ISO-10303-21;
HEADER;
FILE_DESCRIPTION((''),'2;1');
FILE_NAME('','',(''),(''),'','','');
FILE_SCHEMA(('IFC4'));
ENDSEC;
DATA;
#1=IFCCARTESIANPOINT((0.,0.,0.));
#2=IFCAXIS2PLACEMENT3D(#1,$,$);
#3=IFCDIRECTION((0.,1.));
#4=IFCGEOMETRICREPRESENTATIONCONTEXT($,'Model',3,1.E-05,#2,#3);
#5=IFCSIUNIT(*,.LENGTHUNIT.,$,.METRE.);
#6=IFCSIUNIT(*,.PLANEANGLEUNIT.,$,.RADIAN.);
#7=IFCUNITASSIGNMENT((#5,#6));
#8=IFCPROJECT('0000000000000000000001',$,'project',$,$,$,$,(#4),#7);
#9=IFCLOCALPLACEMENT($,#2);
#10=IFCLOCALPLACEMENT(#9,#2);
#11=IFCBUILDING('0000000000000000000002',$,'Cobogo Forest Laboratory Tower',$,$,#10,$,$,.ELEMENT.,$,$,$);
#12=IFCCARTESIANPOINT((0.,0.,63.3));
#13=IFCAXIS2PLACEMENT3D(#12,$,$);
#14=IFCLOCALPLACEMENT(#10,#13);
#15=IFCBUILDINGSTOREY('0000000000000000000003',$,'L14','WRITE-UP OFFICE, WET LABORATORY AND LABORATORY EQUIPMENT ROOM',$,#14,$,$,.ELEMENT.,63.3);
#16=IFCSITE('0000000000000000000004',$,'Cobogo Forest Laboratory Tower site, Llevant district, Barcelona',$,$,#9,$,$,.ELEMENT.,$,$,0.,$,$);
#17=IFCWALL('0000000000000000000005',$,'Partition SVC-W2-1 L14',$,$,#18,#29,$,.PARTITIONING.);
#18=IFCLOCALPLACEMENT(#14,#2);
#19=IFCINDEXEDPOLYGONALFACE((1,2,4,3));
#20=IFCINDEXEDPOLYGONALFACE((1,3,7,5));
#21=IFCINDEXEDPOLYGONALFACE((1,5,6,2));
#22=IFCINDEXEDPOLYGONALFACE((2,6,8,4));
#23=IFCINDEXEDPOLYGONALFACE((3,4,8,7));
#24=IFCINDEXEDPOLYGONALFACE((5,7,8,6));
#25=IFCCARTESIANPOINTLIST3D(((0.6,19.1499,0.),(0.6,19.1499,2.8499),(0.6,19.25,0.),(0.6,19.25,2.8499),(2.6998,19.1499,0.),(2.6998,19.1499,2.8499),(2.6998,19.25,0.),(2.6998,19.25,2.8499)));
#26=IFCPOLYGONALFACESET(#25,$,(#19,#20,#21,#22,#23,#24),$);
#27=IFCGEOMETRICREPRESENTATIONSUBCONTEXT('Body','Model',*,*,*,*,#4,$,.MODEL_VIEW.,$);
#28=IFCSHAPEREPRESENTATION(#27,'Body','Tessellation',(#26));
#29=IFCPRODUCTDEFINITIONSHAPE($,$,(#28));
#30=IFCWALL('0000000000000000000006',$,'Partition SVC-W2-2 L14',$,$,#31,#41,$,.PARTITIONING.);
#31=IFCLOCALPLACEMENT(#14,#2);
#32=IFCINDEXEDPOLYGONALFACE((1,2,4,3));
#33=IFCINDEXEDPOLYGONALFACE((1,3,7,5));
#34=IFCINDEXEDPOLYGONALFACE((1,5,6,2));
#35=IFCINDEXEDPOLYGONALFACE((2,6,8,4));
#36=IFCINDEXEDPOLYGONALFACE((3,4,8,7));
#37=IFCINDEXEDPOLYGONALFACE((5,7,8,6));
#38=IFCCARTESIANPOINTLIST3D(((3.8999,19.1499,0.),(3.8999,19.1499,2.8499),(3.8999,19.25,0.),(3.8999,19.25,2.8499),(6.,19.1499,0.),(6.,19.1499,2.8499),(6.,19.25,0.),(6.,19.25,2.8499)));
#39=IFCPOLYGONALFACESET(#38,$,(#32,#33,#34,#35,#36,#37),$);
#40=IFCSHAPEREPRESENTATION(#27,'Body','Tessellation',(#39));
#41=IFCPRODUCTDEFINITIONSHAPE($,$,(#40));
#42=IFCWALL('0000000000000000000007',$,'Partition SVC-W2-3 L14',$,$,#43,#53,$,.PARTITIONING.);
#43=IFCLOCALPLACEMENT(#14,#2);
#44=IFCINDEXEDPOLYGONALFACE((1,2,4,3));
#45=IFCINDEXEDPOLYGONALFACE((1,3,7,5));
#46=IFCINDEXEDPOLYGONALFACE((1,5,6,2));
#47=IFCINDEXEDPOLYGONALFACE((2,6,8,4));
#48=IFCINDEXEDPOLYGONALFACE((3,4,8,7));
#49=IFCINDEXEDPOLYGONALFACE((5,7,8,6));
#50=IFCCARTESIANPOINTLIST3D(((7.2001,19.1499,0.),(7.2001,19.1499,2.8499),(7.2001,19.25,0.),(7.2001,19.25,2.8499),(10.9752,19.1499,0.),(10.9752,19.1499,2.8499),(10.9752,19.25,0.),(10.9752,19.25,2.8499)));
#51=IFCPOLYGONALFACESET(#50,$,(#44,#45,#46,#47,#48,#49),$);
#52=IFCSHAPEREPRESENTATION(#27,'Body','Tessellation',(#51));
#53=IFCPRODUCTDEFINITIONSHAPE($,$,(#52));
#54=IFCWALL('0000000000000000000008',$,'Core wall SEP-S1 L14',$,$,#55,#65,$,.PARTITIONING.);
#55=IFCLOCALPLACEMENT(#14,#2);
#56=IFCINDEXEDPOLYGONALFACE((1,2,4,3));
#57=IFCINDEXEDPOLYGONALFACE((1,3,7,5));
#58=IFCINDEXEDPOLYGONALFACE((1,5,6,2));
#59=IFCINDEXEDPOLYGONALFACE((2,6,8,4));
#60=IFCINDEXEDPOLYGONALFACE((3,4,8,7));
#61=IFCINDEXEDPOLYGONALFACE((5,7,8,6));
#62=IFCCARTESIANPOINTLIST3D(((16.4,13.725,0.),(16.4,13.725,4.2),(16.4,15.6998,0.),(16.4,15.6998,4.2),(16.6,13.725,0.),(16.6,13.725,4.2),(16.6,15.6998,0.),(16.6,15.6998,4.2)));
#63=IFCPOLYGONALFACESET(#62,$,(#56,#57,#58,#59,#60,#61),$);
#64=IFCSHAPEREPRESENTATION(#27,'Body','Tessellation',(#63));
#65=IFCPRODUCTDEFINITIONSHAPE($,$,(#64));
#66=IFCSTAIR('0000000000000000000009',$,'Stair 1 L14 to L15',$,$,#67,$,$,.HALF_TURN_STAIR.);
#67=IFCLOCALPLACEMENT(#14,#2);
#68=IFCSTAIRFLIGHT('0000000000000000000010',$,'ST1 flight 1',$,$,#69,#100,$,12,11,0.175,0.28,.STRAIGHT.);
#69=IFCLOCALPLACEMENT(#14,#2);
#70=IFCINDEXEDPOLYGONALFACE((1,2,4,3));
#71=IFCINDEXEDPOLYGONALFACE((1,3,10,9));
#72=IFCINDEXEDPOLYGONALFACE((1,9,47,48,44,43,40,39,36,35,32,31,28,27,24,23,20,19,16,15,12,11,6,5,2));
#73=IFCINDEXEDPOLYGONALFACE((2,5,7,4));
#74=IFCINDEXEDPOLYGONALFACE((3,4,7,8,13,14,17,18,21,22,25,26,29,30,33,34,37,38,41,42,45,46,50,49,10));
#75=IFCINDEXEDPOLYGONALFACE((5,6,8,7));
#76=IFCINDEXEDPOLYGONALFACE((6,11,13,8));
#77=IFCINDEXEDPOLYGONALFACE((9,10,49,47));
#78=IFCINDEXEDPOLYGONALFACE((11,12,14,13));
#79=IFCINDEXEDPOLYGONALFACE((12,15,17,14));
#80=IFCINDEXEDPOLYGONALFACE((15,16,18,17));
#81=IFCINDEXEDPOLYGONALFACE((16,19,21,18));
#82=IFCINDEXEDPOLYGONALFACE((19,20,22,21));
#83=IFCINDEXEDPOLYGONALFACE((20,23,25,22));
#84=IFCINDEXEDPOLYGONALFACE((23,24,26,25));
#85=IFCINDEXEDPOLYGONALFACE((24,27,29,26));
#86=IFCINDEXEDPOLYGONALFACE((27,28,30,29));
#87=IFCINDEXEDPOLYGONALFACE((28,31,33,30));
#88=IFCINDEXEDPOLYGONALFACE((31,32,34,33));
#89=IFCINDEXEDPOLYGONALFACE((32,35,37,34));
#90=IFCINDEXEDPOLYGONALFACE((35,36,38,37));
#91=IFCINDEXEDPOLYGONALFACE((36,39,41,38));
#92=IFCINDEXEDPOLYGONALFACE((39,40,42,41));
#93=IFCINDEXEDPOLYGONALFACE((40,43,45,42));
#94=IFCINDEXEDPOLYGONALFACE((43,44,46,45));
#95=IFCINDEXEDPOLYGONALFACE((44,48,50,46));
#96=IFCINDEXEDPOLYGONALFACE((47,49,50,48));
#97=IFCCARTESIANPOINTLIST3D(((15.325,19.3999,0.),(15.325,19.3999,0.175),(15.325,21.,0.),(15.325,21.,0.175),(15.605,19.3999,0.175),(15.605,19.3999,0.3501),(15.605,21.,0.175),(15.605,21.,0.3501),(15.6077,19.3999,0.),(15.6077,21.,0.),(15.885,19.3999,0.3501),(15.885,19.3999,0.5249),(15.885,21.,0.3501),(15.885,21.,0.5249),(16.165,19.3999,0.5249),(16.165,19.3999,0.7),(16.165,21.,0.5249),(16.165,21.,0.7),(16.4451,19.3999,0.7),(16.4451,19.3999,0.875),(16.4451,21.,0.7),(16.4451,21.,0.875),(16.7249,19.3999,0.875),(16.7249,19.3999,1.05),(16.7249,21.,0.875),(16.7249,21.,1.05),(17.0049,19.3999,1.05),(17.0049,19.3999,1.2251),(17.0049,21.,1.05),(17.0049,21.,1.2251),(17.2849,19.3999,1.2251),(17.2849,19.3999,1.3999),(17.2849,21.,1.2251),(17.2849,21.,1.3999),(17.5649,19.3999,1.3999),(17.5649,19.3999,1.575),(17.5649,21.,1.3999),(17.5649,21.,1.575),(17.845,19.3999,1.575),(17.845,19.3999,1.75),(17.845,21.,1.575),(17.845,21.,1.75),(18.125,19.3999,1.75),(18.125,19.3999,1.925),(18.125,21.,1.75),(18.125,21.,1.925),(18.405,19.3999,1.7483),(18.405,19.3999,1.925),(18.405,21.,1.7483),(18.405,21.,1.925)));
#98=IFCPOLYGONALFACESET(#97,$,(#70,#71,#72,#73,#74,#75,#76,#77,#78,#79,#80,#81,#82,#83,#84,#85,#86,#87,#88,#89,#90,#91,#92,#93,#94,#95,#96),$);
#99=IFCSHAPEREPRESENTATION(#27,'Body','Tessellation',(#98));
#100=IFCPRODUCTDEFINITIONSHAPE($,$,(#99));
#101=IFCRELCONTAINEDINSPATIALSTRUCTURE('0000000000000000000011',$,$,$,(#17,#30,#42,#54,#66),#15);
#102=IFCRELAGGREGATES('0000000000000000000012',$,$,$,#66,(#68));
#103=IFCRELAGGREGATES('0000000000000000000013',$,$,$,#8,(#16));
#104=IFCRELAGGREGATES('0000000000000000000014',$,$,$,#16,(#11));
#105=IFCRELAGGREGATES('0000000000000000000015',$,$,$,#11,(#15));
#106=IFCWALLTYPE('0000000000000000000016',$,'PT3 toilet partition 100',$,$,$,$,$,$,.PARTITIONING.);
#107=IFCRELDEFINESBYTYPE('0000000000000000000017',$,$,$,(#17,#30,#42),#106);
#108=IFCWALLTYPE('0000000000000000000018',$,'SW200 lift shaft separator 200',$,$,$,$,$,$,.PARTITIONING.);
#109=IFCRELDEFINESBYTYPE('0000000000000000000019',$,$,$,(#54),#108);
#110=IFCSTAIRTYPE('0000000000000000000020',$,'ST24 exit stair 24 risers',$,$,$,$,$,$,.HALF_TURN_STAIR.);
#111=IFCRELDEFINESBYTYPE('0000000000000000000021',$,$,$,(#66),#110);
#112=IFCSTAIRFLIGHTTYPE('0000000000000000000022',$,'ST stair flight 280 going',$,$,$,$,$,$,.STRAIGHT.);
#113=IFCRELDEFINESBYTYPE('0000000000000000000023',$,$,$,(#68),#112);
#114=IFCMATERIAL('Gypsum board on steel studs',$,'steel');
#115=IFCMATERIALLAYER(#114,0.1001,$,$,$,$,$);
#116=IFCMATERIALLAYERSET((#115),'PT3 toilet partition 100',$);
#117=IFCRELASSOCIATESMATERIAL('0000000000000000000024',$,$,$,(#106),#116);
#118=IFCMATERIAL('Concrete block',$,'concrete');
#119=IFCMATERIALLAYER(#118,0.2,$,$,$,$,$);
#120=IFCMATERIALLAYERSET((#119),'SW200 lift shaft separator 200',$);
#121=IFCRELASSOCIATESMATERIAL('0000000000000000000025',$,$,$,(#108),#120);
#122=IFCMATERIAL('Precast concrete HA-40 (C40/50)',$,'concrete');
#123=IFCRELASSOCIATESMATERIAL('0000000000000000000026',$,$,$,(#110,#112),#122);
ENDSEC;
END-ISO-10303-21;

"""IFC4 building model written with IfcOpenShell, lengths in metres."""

from ifc_helpers import new_model, si_unit, direction, frame, frame_2d, origin, place, context, subcontext, project, spatial, polyline, rectangle, outline, extrude, material, layer, layer_set, type_object, element, aggregate, save


model = new_model("IFC4")

# Units and contexts
model_context = context("Model", 3, precision=1e-05, world=origin(), true_north=direction((0.0, 1.0)))
body_context = subcontext(model_context, "Body", "Model", "MODEL_VIEW")
ifc_project = project(units=[si_unit("LENGTHUNIT", "METRE"), si_unit("PLANEANGLEUNIT", "RADIAN")], contexts=[model_context])

# Site, building, storey
site_placement = place(None, origin())
site = spatial("IfcSite", under=ifc_project, at=site_placement, Name="Cobogo Forest Laboratory Tower site, Llevant district, Barcelona", CompositionType="ELEMENT", RefElevation=0.0)
building_placement = place(site_placement, origin())
building = spatial("IfcBuilding", under=site, at=building_placement, Name="Cobogo Forest Laboratory Tower", CompositionType="ELEMENT")
storey_placement = place(building_placement, frame((0.0, 0.0, 63.3)))
storey = spatial("IfcBuildingStorey", under=building, at=storey_placement, Name="L14", Description="WRITE-UP OFFICE, WET LABORATORY AND LABORATORY EQUIPMENT ROOM", CompositionType="ELEMENT", Elevation=63.3)

# Walls
ifc_material_1 = material(Name="Gypsum board on steel studs", Category="steel")
ifc_layer_1 = layer(ifc_material_1, 0.1001)
ifc_layer_set_1 = layer_set([ifc_layer_1], Name="PT3 toilet partition 100")
wall_type_1 = type_object("IfcWallType", Name="PT3 toilet partition 100", PredefinedType="PARTITIONING", material=ifc_layer_set_1)
wall_1_placement = place(storey_placement, frame((0.6001, 19.2, 0.0), z_axis=(0.0, 0.0, 1.0), x_axis=(1.0, 0.0, 0.0)))
element("IfcWall", 1, at=wall_1_placement, inside=storey, type_object=wall_type_1, Name="Partition SVC-W2-1 L14", PredefinedType="PARTITIONING", context=body_context, shape_type="SweptSolid", body=[
    extrude(rectangle(XDim=2.0999, YDim=0.1001, at=frame_2d((1.0498, 0.0))), origin(), (0.0, 0.0, 1.0), 2.8499),
])
wall_2_placement = place(storey_placement, frame((3.8999, 19.2, 0.0), z_axis=(0.0, 0.0, 1.0), x_axis=(1.0, 0.0, 0.0)))
element("IfcWall", 2, at=wall_2_placement, inside=storey, type_object=wall_type_1, Name="Partition SVC-W2-2 L14", PredefinedType="PARTITIONING", context=body_context, shape_type="SweptSolid", body=[
    extrude(rectangle(XDim=2.1001, YDim=0.1001, at=frame_2d((1.05, 0.0))), origin(), (0.0, 0.0, 1.0), 2.8499),
])
wall_3_placement = place(storey_placement, frame((7.2, 19.2, 0.0), z_axis=(0.0, 0.0, 1.0), x_axis=(1.0, 0.0, 0.0)))
element("IfcWall", 3, at=wall_3_placement, inside=storey, type_object=wall_type_1, Name="Partition SVC-W2-3 L14", PredefinedType="PARTITIONING", context=body_context, shape_type="SweptSolid", body=[
    extrude(rectangle(XDim=3.7751, YDim=0.1001, at=frame_2d((1.8877, 0.0))), origin(), (0.0, 0.0, 1.0), 2.8499),
])
ifc_material_2 = material(Name="Concrete block", Category="concrete")
ifc_layer_2 = layer(ifc_material_2, 0.2)
ifc_layer_set_2 = layer_set([ifc_layer_2], Name="SW200 lift shaft separator 200")
wall_type_2 = type_object("IfcWallType", Name="SW200 lift shaft separator 200", PredefinedType="PARTITIONING", material=ifc_layer_set_2)
wall_4_placement = place(storey_placement, frame((16.5, 13.7251, 0.0), z_axis=(0.0, 0.0, 1.0), x_axis=(0.0, 1.0, 0.0)))
element("IfcWall", 4, at=wall_4_placement, inside=storey, type_object=wall_type_2, Name="Core wall SEP-S1 L14", PredefinedType="PARTITIONING", context=body_context, shape_type="SweptSolid", body=[
    extrude(rectangle(XDim=1.9749, YDim=0.2, at=frame_2d((0.9873, 0.0))), origin(), (0.0, 0.0, 1.0), 4.2),
])

# Stair, stair flight
ifc_material_3 = material(Name="Precast concrete HA-40 (C40/50)", Category="concrete")
stair_type = type_object("IfcStairType", Name="ST24 exit stair 24 risers", PredefinedType="HALF_TURN_STAIR", material=ifc_material_3)
stair_placement = place(storey_placement, origin())
stair = element("IfcStair", 5, at=stair_placement, inside=storey, type_object=stair_type, Name="Stair 1 L14 to L15", PredefinedType="HALF_TURN_STAIR")
stair_flight_type = type_object("IfcStairFlightType", Name="ST stair flight 280 going", PredefinedType="STRAIGHT", material=ifc_material_3)
stair_flight_placement = place(storey_placement, frame((15.325, 20.2, 0.0), z_axis=(0.0, 0.0, 1.0), x_axis=(1.0, 0.0, 0.0)))
stair_flight = element("IfcStairFlight", 6, at=stair_flight_placement, type_object=stair_flight_type, Name="ST1 flight 1", NumberOfRisers=12, NumberOfTreads=11, PredefinedType="STRAIGHT", RiserHeight=0.175, TreadLength=0.28, context=body_context, shape_type="SweptSolid", body=[
    extrude(outline(polyline([(0.0, 0.0), (0.0, 0.175), (0.28, 0.175), (0.28, 0.3501), (0.5601, 0.3501), (0.5601, 0.5249), (0.8401, 0.5249), (0.8401, 0.7), (1.1201, 0.7), (1.1201, 0.875), (1.3999, 0.875), (1.3999, 1.05), (1.6799, 1.05), (1.6799, 1.2251), (1.96, 1.2251), (1.96, 1.3999), (2.24, 1.3999), (2.24, 1.575), (2.52, 1.575), (2.52, 1.75), (2.8, 1.75), (2.8, 1.925), (3.0801, 1.925), (3.0801, 2.1001), (3.0801, 1.7483), (0.2827, 0.0), (0.0, 0.0)])), frame((0.0, 0.8, 0.0), z_axis=(0.0, -1.0, 0.0), x_axis=(1.0, 0.0, 0.0)), (0.0, 0.0, 1.0), 1.6001),
])
aggregate(stair, [stair_flight])

save(model, "model.ifc")
